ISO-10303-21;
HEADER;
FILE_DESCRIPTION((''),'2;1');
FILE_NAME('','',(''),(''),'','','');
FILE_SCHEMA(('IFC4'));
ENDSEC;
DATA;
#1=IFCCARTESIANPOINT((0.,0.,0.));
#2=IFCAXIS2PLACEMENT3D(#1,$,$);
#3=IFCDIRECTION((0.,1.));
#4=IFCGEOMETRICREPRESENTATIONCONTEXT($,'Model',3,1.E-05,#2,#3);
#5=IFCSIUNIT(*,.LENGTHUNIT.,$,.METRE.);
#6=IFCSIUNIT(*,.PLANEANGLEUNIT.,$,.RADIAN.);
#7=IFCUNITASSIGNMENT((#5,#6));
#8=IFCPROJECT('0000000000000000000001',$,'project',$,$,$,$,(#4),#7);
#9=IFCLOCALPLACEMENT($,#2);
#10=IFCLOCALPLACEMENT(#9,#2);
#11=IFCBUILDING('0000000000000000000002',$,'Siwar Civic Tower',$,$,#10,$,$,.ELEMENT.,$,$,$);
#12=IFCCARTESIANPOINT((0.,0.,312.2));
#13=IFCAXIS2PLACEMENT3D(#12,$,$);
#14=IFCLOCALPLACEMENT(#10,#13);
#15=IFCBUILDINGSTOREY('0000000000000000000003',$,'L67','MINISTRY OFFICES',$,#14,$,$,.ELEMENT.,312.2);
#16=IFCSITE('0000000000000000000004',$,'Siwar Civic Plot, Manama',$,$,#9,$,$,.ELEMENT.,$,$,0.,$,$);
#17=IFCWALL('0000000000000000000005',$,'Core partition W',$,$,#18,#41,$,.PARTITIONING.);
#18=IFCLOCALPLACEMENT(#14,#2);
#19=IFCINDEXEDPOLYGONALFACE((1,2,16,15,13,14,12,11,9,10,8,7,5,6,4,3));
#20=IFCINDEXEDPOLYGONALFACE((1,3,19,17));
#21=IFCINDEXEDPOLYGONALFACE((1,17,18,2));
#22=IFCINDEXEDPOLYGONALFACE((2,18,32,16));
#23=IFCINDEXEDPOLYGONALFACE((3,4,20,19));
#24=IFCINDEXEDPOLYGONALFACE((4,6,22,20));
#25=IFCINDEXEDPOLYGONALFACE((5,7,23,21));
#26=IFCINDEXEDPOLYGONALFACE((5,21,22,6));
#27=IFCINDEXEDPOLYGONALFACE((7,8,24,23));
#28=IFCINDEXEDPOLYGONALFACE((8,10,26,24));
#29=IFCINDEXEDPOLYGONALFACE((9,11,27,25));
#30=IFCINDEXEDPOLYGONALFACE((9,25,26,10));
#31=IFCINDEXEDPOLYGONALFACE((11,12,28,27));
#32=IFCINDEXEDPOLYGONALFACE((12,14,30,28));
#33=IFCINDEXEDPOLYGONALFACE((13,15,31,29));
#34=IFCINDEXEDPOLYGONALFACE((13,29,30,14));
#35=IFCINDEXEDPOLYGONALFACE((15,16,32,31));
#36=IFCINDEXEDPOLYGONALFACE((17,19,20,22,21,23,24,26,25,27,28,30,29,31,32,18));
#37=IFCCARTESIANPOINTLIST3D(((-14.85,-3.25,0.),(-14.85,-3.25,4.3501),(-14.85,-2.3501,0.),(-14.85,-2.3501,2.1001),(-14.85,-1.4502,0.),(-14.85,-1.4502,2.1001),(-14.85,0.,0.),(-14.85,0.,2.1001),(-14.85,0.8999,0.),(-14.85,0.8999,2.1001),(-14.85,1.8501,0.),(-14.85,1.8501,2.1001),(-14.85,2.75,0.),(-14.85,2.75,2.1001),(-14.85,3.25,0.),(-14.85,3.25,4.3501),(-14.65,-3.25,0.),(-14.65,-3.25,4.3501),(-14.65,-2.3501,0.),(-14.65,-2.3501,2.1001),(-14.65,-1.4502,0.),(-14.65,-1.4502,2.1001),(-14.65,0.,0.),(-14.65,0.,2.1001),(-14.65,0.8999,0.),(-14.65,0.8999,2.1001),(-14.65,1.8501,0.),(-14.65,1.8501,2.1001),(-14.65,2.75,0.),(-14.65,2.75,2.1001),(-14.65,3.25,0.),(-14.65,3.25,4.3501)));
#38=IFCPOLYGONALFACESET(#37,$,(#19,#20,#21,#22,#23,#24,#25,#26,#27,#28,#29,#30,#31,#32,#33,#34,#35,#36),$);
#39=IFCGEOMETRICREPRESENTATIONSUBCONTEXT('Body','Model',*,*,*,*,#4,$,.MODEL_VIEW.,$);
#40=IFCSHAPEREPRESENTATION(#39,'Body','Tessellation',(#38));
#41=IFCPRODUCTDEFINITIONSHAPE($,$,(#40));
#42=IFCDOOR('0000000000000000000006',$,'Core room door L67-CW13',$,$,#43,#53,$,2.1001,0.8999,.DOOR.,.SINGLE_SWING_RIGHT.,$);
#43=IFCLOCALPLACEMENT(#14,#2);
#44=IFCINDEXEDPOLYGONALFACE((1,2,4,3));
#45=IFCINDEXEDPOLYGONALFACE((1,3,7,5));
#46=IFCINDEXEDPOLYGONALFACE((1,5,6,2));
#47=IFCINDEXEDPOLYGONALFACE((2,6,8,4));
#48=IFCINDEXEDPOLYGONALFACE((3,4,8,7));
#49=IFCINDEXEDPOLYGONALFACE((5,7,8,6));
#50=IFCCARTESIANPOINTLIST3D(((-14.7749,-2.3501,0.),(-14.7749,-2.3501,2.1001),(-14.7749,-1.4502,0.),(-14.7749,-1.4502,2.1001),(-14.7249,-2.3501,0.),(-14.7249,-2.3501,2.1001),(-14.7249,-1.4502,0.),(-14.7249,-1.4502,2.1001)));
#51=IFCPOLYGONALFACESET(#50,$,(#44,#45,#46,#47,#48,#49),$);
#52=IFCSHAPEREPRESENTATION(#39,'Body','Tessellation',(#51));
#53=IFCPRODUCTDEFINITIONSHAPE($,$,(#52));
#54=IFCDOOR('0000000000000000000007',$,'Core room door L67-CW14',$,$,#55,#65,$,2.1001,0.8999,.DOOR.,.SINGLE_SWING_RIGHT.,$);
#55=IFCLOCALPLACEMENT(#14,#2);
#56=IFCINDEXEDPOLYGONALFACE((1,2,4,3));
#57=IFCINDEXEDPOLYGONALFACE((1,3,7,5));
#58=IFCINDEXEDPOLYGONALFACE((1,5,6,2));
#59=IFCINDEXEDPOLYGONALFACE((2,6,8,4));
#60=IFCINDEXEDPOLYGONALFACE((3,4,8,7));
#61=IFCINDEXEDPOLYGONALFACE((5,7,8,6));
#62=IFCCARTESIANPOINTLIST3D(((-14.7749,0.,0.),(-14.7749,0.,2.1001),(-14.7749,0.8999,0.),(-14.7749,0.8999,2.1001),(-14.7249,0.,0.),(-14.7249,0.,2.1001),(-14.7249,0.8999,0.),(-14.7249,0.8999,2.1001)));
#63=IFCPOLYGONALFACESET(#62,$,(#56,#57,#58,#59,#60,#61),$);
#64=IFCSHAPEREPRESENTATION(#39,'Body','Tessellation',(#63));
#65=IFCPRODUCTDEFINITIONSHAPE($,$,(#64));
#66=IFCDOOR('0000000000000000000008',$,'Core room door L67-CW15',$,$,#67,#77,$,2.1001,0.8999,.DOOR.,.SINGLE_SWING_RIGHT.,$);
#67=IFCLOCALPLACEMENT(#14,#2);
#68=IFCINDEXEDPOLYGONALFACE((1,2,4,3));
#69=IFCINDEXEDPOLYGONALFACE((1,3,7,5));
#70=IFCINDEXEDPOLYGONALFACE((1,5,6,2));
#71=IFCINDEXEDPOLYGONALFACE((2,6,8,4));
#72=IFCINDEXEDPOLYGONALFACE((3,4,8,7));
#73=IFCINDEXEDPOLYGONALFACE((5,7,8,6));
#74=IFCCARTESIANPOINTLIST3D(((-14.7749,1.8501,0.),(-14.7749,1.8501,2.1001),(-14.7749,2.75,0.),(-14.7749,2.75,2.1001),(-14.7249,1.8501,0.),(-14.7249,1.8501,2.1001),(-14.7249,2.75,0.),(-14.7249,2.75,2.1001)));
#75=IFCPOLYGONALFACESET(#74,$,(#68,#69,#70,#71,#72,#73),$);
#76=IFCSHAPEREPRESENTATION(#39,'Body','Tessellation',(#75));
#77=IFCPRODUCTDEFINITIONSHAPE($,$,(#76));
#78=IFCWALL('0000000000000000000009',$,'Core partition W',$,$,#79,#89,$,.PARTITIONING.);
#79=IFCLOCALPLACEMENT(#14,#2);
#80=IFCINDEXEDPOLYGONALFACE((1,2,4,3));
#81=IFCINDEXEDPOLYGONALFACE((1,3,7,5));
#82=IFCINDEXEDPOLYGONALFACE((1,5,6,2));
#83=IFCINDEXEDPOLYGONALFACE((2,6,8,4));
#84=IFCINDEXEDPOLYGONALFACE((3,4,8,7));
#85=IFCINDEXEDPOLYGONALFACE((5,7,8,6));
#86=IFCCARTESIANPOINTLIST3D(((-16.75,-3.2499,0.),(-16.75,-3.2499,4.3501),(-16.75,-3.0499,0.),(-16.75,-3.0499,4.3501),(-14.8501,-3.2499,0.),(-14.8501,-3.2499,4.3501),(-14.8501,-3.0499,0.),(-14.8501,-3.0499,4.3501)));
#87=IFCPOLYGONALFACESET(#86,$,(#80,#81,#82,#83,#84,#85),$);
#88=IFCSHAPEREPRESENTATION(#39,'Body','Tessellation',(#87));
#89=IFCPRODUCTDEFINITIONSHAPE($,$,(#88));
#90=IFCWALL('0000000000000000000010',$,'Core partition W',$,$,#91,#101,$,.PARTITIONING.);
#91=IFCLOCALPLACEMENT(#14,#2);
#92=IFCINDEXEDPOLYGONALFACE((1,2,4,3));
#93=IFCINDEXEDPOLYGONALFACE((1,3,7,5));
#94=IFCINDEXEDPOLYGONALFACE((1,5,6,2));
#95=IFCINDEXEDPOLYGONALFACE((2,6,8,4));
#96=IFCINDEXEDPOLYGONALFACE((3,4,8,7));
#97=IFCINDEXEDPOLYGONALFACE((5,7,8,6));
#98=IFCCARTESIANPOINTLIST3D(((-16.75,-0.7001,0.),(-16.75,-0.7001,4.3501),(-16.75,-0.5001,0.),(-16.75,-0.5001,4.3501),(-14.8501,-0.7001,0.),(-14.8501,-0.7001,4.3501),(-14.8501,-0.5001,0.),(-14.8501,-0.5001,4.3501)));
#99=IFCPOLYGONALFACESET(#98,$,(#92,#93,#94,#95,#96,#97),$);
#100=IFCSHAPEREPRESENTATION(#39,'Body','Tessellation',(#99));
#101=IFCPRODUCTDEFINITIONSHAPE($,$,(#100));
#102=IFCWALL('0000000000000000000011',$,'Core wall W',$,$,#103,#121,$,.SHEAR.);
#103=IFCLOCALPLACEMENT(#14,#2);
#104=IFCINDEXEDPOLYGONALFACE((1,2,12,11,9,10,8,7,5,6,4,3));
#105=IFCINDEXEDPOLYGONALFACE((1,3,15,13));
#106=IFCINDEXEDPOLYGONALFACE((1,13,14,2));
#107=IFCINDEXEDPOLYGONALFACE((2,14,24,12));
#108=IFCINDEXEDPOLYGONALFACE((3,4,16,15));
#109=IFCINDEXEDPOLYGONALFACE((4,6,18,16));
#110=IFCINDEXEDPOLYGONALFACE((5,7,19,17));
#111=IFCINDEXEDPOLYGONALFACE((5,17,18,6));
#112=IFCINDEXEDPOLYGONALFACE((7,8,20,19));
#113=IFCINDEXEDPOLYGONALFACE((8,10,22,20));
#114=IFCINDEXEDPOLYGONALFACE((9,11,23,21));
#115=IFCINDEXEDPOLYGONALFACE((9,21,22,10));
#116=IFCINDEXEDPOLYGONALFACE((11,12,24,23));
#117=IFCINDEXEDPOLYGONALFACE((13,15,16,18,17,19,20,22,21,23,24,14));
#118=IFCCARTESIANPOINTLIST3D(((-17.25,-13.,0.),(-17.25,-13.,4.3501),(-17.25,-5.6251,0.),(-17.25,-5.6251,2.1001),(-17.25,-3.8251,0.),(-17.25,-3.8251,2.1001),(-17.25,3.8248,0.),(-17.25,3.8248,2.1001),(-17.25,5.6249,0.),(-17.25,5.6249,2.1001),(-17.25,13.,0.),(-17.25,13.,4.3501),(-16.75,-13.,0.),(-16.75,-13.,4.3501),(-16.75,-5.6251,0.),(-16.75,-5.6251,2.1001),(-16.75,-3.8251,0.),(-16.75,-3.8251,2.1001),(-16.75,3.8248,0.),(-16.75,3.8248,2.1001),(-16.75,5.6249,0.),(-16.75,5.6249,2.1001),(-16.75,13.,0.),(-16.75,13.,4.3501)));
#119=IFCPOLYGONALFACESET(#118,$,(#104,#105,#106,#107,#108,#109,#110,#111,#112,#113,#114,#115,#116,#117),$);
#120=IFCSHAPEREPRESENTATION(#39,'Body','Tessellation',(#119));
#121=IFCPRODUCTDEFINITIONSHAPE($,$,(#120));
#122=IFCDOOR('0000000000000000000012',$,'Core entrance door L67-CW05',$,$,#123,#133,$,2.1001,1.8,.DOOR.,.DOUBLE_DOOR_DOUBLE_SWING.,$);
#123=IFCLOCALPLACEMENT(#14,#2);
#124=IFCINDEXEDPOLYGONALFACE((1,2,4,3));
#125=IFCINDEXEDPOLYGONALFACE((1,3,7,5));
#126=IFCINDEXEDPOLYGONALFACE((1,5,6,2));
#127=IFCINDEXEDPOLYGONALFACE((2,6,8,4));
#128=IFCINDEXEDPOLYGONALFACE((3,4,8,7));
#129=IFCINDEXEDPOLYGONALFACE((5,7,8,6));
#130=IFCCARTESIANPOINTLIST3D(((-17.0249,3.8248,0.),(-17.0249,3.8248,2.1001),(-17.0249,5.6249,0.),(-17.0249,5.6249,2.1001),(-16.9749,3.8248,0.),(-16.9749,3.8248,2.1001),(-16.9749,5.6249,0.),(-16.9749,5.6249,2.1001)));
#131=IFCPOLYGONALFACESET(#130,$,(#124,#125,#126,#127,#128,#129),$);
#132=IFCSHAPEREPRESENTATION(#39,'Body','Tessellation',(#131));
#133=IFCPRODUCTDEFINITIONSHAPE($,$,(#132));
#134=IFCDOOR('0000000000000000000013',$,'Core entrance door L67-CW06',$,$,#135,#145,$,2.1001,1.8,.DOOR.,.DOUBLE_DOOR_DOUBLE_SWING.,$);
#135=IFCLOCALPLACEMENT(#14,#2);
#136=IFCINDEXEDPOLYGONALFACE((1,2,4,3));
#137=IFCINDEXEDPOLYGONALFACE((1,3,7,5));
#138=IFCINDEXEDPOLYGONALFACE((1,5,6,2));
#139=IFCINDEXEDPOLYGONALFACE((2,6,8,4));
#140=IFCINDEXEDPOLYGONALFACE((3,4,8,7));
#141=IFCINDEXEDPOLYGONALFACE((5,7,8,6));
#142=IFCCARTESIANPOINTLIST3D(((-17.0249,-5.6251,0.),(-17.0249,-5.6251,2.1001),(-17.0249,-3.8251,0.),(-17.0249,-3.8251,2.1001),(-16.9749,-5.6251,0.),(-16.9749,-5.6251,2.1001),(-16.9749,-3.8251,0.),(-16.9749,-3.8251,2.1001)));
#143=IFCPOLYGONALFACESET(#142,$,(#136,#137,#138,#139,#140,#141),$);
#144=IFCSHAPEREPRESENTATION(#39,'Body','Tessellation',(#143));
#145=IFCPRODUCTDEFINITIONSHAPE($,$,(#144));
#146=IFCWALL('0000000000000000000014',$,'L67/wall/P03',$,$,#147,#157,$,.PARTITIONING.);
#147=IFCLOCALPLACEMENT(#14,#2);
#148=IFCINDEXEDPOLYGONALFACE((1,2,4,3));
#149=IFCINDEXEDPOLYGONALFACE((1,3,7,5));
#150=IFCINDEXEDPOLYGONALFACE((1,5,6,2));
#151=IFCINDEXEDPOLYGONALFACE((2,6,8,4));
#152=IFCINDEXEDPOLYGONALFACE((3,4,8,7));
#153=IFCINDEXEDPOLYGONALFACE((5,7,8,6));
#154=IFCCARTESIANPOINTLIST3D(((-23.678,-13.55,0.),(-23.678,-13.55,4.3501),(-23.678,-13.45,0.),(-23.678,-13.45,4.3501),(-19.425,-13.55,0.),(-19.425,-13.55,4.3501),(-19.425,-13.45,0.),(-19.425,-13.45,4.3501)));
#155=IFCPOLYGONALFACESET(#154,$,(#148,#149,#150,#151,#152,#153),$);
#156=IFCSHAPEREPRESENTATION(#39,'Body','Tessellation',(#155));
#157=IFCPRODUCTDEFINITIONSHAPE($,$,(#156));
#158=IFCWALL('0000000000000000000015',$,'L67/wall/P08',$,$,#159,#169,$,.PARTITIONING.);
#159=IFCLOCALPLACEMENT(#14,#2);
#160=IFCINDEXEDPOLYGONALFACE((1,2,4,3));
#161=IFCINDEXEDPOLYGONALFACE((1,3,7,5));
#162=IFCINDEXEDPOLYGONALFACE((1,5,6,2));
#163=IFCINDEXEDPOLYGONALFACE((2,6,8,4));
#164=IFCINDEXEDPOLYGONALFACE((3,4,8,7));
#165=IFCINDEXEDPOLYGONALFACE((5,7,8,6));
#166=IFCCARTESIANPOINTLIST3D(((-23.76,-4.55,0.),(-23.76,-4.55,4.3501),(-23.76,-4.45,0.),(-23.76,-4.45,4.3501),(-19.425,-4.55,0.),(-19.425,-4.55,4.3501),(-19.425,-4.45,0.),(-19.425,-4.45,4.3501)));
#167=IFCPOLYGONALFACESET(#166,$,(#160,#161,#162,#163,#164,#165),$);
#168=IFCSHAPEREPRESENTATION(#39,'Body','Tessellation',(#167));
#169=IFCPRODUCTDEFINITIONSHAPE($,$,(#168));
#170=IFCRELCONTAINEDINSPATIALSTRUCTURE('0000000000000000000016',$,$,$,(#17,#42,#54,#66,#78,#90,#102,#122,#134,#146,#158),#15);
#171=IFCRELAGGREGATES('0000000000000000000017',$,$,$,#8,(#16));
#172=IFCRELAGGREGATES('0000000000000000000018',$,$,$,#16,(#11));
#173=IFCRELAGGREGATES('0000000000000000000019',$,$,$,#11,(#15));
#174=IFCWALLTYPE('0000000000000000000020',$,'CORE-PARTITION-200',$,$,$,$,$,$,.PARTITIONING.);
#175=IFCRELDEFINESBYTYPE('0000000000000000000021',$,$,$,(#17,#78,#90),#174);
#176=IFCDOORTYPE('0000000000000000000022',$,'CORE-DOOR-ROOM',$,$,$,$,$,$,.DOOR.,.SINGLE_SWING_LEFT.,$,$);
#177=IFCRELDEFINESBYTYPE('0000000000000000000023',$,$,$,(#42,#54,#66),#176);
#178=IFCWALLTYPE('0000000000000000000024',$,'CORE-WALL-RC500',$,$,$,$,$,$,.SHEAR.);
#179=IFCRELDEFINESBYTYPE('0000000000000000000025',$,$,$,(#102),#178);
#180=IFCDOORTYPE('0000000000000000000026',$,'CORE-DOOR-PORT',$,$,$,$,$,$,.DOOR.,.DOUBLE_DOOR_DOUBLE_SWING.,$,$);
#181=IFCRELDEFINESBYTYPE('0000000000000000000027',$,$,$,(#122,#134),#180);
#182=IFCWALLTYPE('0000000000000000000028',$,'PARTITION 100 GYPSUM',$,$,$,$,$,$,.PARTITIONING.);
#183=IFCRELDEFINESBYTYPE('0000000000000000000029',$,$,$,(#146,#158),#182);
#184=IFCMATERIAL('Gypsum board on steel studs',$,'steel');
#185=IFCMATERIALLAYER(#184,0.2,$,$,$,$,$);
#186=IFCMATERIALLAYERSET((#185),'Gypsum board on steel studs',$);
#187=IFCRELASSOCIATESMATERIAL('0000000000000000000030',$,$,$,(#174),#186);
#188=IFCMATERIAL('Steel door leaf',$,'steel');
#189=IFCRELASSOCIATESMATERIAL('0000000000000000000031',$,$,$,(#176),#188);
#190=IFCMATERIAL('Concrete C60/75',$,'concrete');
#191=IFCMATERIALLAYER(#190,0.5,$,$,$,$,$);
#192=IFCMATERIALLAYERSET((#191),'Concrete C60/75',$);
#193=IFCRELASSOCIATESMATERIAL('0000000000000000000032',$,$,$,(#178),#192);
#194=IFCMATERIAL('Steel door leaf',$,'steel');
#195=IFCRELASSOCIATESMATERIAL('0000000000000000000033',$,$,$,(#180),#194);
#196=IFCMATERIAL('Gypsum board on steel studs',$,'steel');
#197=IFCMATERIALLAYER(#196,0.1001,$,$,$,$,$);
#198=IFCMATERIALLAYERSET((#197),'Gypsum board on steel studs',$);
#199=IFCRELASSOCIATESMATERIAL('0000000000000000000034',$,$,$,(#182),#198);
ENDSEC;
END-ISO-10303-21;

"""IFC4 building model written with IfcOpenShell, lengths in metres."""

from ifc_helpers import new_model, si_unit, direction, frame, frame_2d, origin, place, context, subcontext, project, spatial, rectangle, extrude, material, layer, layer_set, type_object, element, fill, save


model = new_model("IFC4")

# Units and contexts
model_context = context("Model", 3, precision=1e-05, world=origin(), true_north=direction((0.0, 1.0)))
body_context = subcontext(model_context, "Body", "Model", "MODEL_VIEW")
ifc_project = project(units=[si_unit("LENGTHUNIT", "METRE"), si_unit("PLANEANGLEUNIT", "RADIAN")], contexts=[model_context])

# Site, building, storey
site_placement = place(None, origin())
site = spatial("IfcSite", under=ifc_project, at=site_placement, Name="Siwar Civic Plot, Manama", CompositionType="ELEMENT", RefElevation=0.0)
building_placement = place(site_placement, origin())
building = spatial("IfcBuilding", under=site, at=building_placement, Name="Siwar Civic Tower", CompositionType="ELEMENT")
storey_placement = place(building_placement, frame((0.0, 0.0, 312.2)))
storey = spatial("IfcBuildingStorey", under=building, at=storey_placement, Name="L67", Description="MINISTRY OFFICES", CompositionType="ELEMENT", Elevation=312.2)

# Wall, openings, doors
ifc_material_1 = material(Name="Gypsum board on steel studs", Category="steel")
ifc_layer_1 = layer(ifc_material_1, 0.2)
ifc_layer_set_1 = layer_set([ifc_layer_1], Name="Gypsum board on steel studs")
wall_type_1 = type_object("IfcWallType", Name="CORE-PARTITION-200", PredefinedType="PARTITIONING", material=ifc_layer_set_1)
wall_1_placement = place(storey_placement, frame((-14.75, -3.25, 0.0), z_axis=(0.0, 0.0, 1.0), x_axis=(0.0, 1.0, 0.0)))
wall_1 = element("IfcWall", 1, at=wall_1_placement, inside=storey, type_object=wall_type_1, Name="Core partition W", PredefinedType="PARTITIONING", context=body_context, shape_type="SweptSolid", body=[
    extrude(rectangle(XDim=6.5, YDim=0.2, at=frame_2d((3.25, 0.0))), origin(), (0.0, 0.0, 1.0), 4.3501),
])
opening_1_placement = place(wall_1_placement, frame((0.8999, 0.0, 0.0)))
opening_1 = element("IfcOpeningElement", 2, at=opening_1_placement, cuts=wall_1, PredefinedType="OPENING", context=body_context, shape_type="SweptSolid", body=[
    extrude(rectangle(XDim=0.8999, YDim=2.1001, at=frame_2d((0.45, 1.05))), frame((0.0, 0.1099, 0.0), z_axis=(0.0, -1.0, 0.0), x_axis=(1.0, 0.0, 0.0)), (0.0, 0.0, 1.0), 0.22),
])
opening_2_placement = place(wall_1_placement, frame((3.25, 0.0, 0.0)))
opening_2 = element("IfcOpeningElement", 3, at=opening_2_placement, cuts=wall_1, PredefinedType="OPENING", context=body_context, shape_type="SweptSolid", body=[
    extrude(rectangle(XDim=0.8999, YDim=2.1001, at=frame_2d((0.45, 1.05))), frame((0.0, 0.1099, 0.0), z_axis=(0.0, -1.0, 0.0), x_axis=(1.0, 0.0, 0.0)), (0.0, 0.0, 1.0), 0.22),
])
opening_3_placement = place(wall_1_placement, frame((5.1001, 0.0, 0.0)))
opening_3 = element("IfcOpeningElement", 4, at=opening_3_placement, cuts=wall_1, PredefinedType="OPENING", context=body_context, shape_type="SweptSolid", body=[
    extrude(rectangle(XDim=0.8999, YDim=2.1001, at=frame_2d((0.45, 1.05))), frame((0.0, 0.1099, 0.0), z_axis=(0.0, -1.0, 0.0), x_axis=(1.0, 0.0, 0.0)), (0.0, 0.0, 1.0), 0.22),
])
ifc_material_2 = material(Name="Steel door leaf", Category="steel")
door_type_1 = type_object("IfcDoorType", Name="CORE-DOOR-ROOM", OperationType="SINGLE_SWING_LEFT", PredefinedType="DOOR", material=ifc_material_2)
door_1_placement = place(opening_1_placement, origin())
door_1 = element("IfcDoor", 5, at=door_1_placement, inside=storey, type_object=door_type_1, Name="Core room door L67-CW13", OperationType="SINGLE_SWING_RIGHT", OverallHeight=2.1001, OverallWidth=0.8999, PredefinedType="DOOR", context=body_context, shape_type="SweptSolid", body=[
    extrude(rectangle(XDim=0.8999, YDim=2.1001, at=frame_2d((0.45, 1.05))), frame((0.0, 0.0249, 0.0), z_axis=(0.0, -1.0, 0.0), x_axis=(1.0, 0.0, 0.0)), (0.0, 0.0, 1.0), 0.05),
])
fill(opening_1, door_1)
door_2_placement = place(opening_2_placement, origin())
door_2 = element("IfcDoor", 6, at=door_2_placement, inside=storey, type_object=door_type_1, Name="Core room door L67-CW14", OperationType="SINGLE_SWING_RIGHT", OverallHeight=2.1001, OverallWidth=0.8999, PredefinedType="DOOR", context=body_context, shape_type="SweptSolid", body=[
    extrude(rectangle(XDim=0.8999, YDim=2.1001, at=frame_2d((0.45, 1.05))), frame((0.0, 0.0249, 0.0), z_axis=(0.0, -1.0, 0.0), x_axis=(1.0, 0.0, 0.0)), (0.0, 0.0, 1.0), 0.05),
])
fill(opening_2, door_2)
door_3_placement = place(opening_3_placement, origin())
door_3 = element("IfcDoor", 7, at=door_3_placement, inside=storey, type_object=door_type_1, Name="Core room door L67-CW15", OperationType="SINGLE_SWING_RIGHT", OverallHeight=2.1001, OverallWidth=0.8999, PredefinedType="DOOR", context=body_context, shape_type="SweptSolid", body=[
    extrude(rectangle(XDim=0.8999, YDim=2.1001, at=frame_2d((0.45, 1.05))), frame((0.0, 0.0249, 0.0), z_axis=(0.0, -1.0, 0.0), x_axis=(1.0, 0.0, 0.0)), (0.0, 0.0, 1.0), 0.05),
])
fill(opening_3, door_3)

# Walls
for number, where, z_axis, x_axis, name in (
    (8, (-14.8501, -3.1499, 0.0), (0.0, 0.0, 1.0), (-1.0, 0.0, 0.0), "Core partition W"),
    (9, (-14.8501, -0.6001, 0.0), (0.0, 0.0, 1.0), (-1.0, 0.0, 0.0), "Core partition W"),
):
    element("IfcWall", number, at=place(storey_placement, frame(where, z_axis=z_axis, x_axis=x_axis)), inside=storey, type_object=wall_type_1, Name=name, PredefinedType="PARTITIONING", context=body_context, shape_type="SweptSolid", body=[
        extrude(rectangle(XDim=1.8999, YDim=0.2, at=frame_2d((0.95, 0.0))), origin(), (0.0, 0.0, 1.0), 4.3501),
    ])

# Wall, openings, doors
ifc_material_3 = material(Name="Concrete C60/75", Category="concrete")
ifc_layer_2 = layer(ifc_material_3, 0.5)
ifc_layer_set_2 = layer_set([ifc_layer_2], Name="Concrete C60/75")
wall_type_2 = type_object("IfcWallType", Name="CORE-WALL-RC500", PredefinedType="SHEAR", material=ifc_layer_set_2)
wall_2_placement = place(storey_placement, frame((-17.0, -13.0, 0.0), z_axis=(0.0, 0.0, 1.0), x_axis=(0.0, 1.0, 0.0)))
wall_2 = element("IfcWall", 10, at=wall_2_placement, inside=storey, type_object=wall_type_2, Name="Core wall W", PredefinedType="SHEAR", context=body_context, shape_type="SweptSolid", body=[
    extrude(rectangle(XDim=26.0, YDim=0.5, at=frame_2d((13.0, 0.0))), origin(), (0.0, 0.0, 1.0), 4.3501),
])
opening_4_placement = place(wall_2_placement, frame((16.825, 0.0, 0.0)))
opening_4 = element("IfcOpeningElement", 11, at=opening_4_placement, cuts=wall_2, PredefinedType="OPENING", context=body_context, shape_type="SweptSolid", body=[
    extrude(rectangle(XDim=1.8, YDim=2.1001, at=frame_2d((0.8999, 1.05))), frame((0.0, 0.26, 0.0), z_axis=(0.0, -1.0, 0.0), x_axis=(1.0, 0.0, 0.0)), (0.0, 0.0, 1.0), 0.52),
])
opening_5_placement = place(wall_2_placement, frame((7.375, 0.0, 0.0)))
opening_5 = element("IfcOpeningElement", 12, at=opening_5_placement, cuts=wall_2, PredefinedType="OPENING", context=body_context, shape_type="SweptSolid", body=[
    extrude(rectangle(XDim=1.8, YDim=2.1001, at=frame_2d((0.8999, 1.05))), frame((0.0, 0.26, 0.0), z_axis=(0.0, -1.0, 0.0), x_axis=(1.0, 0.0, 0.0)), (0.0, 0.0, 1.0), 0.52),
])
ifc_material_4 = material(Name="Steel door leaf", Category="steel")
door_type_2 = type_object("IfcDoorType", Name="CORE-DOOR-PORT", OperationType="DOUBLE_DOOR_DOUBLE_SWING", PredefinedType="DOOR", material=ifc_material_4)
door_4_placement = place(opening_4_placement, origin())
door_4 = element("IfcDoor", 13, at=door_4_placement, inside=storey, type_object=door_type_2, Name="Core entrance door L67-CW05", OperationType="DOUBLE_DOOR_DOUBLE_SWING", OverallHeight=2.1001, OverallWidth=1.8, PredefinedType="DOOR", context=body_context, shape_type="SweptSolid", body=[
    extrude(rectangle(XDim=1.8, YDim=2.1001, at=frame_2d((0.8999, 1.05))), frame((0.0, 0.0249, 0.0), z_axis=(0.0, -1.0, 0.0), x_axis=(1.0, 0.0, 0.0)), (0.0, 0.0, 1.0), 0.05),
])
fill(opening_4, door_4)
door_5_placement = place(opening_5_placement, origin())
door_5 = element("IfcDoor", 14, at=door_5_placement, inside=storey, type_object=door_type_2, Name="Core entrance door L67-CW06", OperationType="DOUBLE_DOOR_DOUBLE_SWING", OverallHeight=2.1001, OverallWidth=1.8, PredefinedType="DOOR", context=body_context, shape_type="SweptSolid", body=[
    extrude(rectangle(XDim=1.8, YDim=2.1001, at=frame_2d((0.8999, 1.05))), frame((0.0, 0.0249, 0.0), z_axis=(0.0, -1.0, 0.0), x_axis=(1.0, 0.0, 0.0)), (0.0, 0.0, 1.0), 0.05),
])
fill(opening_5, door_5)

# Walls
ifc_material_5 = material(Name="Gypsum board on steel studs", Category="steel")
ifc_layer_3 = layer(ifc_material_5, 0.1001)
ifc_layer_set_3 = layer_set([ifc_layer_3], Name="Gypsum board on steel studs")
wall_type_3 = type_object("IfcWallType", Name="PARTITION 100 GYPSUM", PredefinedType="PARTITIONING", material=ifc_layer_set_3)
wall_3_placement = place(storey_placement, frame((-23.678, -13.5, 0.0), z_axis=(0.0, 0.0, 1.0), x_axis=(1.0, 0.0, 0.0)))
element("IfcWall", 15, at=wall_3_placement, inside=storey, type_object=wall_type_3, Name="L67/wall/P03", PredefinedType="PARTITIONING", context=body_context, shape_type="SweptSolid", body=[
    extrude(rectangle(XDim=4.2529, YDim=0.1001, at=frame_2d((2.1265, 0.0))), origin(), (0.0, 0.0, 1.0), 4.3501),
])
wall_4_placement = place(storey_placement, frame((-23.76, -4.5, 0.0), z_axis=(0.0, 0.0, 1.0), x_axis=(1.0, 0.0, 0.0)))
element("IfcWall", 16, at=wall_4_placement, inside=storey, type_object=wall_type_3, Name="L67/wall/P08", PredefinedType="PARTITIONING", context=body_context, shape_type="SweptSolid", body=[
    extrude(rectangle(XDim=4.335, YDim=0.1001, at=frame_2d((2.1675, 0.0))), origin(), (0.0, 0.0, 1.0), 4.3501),
])

save(model, "model.ifc")
